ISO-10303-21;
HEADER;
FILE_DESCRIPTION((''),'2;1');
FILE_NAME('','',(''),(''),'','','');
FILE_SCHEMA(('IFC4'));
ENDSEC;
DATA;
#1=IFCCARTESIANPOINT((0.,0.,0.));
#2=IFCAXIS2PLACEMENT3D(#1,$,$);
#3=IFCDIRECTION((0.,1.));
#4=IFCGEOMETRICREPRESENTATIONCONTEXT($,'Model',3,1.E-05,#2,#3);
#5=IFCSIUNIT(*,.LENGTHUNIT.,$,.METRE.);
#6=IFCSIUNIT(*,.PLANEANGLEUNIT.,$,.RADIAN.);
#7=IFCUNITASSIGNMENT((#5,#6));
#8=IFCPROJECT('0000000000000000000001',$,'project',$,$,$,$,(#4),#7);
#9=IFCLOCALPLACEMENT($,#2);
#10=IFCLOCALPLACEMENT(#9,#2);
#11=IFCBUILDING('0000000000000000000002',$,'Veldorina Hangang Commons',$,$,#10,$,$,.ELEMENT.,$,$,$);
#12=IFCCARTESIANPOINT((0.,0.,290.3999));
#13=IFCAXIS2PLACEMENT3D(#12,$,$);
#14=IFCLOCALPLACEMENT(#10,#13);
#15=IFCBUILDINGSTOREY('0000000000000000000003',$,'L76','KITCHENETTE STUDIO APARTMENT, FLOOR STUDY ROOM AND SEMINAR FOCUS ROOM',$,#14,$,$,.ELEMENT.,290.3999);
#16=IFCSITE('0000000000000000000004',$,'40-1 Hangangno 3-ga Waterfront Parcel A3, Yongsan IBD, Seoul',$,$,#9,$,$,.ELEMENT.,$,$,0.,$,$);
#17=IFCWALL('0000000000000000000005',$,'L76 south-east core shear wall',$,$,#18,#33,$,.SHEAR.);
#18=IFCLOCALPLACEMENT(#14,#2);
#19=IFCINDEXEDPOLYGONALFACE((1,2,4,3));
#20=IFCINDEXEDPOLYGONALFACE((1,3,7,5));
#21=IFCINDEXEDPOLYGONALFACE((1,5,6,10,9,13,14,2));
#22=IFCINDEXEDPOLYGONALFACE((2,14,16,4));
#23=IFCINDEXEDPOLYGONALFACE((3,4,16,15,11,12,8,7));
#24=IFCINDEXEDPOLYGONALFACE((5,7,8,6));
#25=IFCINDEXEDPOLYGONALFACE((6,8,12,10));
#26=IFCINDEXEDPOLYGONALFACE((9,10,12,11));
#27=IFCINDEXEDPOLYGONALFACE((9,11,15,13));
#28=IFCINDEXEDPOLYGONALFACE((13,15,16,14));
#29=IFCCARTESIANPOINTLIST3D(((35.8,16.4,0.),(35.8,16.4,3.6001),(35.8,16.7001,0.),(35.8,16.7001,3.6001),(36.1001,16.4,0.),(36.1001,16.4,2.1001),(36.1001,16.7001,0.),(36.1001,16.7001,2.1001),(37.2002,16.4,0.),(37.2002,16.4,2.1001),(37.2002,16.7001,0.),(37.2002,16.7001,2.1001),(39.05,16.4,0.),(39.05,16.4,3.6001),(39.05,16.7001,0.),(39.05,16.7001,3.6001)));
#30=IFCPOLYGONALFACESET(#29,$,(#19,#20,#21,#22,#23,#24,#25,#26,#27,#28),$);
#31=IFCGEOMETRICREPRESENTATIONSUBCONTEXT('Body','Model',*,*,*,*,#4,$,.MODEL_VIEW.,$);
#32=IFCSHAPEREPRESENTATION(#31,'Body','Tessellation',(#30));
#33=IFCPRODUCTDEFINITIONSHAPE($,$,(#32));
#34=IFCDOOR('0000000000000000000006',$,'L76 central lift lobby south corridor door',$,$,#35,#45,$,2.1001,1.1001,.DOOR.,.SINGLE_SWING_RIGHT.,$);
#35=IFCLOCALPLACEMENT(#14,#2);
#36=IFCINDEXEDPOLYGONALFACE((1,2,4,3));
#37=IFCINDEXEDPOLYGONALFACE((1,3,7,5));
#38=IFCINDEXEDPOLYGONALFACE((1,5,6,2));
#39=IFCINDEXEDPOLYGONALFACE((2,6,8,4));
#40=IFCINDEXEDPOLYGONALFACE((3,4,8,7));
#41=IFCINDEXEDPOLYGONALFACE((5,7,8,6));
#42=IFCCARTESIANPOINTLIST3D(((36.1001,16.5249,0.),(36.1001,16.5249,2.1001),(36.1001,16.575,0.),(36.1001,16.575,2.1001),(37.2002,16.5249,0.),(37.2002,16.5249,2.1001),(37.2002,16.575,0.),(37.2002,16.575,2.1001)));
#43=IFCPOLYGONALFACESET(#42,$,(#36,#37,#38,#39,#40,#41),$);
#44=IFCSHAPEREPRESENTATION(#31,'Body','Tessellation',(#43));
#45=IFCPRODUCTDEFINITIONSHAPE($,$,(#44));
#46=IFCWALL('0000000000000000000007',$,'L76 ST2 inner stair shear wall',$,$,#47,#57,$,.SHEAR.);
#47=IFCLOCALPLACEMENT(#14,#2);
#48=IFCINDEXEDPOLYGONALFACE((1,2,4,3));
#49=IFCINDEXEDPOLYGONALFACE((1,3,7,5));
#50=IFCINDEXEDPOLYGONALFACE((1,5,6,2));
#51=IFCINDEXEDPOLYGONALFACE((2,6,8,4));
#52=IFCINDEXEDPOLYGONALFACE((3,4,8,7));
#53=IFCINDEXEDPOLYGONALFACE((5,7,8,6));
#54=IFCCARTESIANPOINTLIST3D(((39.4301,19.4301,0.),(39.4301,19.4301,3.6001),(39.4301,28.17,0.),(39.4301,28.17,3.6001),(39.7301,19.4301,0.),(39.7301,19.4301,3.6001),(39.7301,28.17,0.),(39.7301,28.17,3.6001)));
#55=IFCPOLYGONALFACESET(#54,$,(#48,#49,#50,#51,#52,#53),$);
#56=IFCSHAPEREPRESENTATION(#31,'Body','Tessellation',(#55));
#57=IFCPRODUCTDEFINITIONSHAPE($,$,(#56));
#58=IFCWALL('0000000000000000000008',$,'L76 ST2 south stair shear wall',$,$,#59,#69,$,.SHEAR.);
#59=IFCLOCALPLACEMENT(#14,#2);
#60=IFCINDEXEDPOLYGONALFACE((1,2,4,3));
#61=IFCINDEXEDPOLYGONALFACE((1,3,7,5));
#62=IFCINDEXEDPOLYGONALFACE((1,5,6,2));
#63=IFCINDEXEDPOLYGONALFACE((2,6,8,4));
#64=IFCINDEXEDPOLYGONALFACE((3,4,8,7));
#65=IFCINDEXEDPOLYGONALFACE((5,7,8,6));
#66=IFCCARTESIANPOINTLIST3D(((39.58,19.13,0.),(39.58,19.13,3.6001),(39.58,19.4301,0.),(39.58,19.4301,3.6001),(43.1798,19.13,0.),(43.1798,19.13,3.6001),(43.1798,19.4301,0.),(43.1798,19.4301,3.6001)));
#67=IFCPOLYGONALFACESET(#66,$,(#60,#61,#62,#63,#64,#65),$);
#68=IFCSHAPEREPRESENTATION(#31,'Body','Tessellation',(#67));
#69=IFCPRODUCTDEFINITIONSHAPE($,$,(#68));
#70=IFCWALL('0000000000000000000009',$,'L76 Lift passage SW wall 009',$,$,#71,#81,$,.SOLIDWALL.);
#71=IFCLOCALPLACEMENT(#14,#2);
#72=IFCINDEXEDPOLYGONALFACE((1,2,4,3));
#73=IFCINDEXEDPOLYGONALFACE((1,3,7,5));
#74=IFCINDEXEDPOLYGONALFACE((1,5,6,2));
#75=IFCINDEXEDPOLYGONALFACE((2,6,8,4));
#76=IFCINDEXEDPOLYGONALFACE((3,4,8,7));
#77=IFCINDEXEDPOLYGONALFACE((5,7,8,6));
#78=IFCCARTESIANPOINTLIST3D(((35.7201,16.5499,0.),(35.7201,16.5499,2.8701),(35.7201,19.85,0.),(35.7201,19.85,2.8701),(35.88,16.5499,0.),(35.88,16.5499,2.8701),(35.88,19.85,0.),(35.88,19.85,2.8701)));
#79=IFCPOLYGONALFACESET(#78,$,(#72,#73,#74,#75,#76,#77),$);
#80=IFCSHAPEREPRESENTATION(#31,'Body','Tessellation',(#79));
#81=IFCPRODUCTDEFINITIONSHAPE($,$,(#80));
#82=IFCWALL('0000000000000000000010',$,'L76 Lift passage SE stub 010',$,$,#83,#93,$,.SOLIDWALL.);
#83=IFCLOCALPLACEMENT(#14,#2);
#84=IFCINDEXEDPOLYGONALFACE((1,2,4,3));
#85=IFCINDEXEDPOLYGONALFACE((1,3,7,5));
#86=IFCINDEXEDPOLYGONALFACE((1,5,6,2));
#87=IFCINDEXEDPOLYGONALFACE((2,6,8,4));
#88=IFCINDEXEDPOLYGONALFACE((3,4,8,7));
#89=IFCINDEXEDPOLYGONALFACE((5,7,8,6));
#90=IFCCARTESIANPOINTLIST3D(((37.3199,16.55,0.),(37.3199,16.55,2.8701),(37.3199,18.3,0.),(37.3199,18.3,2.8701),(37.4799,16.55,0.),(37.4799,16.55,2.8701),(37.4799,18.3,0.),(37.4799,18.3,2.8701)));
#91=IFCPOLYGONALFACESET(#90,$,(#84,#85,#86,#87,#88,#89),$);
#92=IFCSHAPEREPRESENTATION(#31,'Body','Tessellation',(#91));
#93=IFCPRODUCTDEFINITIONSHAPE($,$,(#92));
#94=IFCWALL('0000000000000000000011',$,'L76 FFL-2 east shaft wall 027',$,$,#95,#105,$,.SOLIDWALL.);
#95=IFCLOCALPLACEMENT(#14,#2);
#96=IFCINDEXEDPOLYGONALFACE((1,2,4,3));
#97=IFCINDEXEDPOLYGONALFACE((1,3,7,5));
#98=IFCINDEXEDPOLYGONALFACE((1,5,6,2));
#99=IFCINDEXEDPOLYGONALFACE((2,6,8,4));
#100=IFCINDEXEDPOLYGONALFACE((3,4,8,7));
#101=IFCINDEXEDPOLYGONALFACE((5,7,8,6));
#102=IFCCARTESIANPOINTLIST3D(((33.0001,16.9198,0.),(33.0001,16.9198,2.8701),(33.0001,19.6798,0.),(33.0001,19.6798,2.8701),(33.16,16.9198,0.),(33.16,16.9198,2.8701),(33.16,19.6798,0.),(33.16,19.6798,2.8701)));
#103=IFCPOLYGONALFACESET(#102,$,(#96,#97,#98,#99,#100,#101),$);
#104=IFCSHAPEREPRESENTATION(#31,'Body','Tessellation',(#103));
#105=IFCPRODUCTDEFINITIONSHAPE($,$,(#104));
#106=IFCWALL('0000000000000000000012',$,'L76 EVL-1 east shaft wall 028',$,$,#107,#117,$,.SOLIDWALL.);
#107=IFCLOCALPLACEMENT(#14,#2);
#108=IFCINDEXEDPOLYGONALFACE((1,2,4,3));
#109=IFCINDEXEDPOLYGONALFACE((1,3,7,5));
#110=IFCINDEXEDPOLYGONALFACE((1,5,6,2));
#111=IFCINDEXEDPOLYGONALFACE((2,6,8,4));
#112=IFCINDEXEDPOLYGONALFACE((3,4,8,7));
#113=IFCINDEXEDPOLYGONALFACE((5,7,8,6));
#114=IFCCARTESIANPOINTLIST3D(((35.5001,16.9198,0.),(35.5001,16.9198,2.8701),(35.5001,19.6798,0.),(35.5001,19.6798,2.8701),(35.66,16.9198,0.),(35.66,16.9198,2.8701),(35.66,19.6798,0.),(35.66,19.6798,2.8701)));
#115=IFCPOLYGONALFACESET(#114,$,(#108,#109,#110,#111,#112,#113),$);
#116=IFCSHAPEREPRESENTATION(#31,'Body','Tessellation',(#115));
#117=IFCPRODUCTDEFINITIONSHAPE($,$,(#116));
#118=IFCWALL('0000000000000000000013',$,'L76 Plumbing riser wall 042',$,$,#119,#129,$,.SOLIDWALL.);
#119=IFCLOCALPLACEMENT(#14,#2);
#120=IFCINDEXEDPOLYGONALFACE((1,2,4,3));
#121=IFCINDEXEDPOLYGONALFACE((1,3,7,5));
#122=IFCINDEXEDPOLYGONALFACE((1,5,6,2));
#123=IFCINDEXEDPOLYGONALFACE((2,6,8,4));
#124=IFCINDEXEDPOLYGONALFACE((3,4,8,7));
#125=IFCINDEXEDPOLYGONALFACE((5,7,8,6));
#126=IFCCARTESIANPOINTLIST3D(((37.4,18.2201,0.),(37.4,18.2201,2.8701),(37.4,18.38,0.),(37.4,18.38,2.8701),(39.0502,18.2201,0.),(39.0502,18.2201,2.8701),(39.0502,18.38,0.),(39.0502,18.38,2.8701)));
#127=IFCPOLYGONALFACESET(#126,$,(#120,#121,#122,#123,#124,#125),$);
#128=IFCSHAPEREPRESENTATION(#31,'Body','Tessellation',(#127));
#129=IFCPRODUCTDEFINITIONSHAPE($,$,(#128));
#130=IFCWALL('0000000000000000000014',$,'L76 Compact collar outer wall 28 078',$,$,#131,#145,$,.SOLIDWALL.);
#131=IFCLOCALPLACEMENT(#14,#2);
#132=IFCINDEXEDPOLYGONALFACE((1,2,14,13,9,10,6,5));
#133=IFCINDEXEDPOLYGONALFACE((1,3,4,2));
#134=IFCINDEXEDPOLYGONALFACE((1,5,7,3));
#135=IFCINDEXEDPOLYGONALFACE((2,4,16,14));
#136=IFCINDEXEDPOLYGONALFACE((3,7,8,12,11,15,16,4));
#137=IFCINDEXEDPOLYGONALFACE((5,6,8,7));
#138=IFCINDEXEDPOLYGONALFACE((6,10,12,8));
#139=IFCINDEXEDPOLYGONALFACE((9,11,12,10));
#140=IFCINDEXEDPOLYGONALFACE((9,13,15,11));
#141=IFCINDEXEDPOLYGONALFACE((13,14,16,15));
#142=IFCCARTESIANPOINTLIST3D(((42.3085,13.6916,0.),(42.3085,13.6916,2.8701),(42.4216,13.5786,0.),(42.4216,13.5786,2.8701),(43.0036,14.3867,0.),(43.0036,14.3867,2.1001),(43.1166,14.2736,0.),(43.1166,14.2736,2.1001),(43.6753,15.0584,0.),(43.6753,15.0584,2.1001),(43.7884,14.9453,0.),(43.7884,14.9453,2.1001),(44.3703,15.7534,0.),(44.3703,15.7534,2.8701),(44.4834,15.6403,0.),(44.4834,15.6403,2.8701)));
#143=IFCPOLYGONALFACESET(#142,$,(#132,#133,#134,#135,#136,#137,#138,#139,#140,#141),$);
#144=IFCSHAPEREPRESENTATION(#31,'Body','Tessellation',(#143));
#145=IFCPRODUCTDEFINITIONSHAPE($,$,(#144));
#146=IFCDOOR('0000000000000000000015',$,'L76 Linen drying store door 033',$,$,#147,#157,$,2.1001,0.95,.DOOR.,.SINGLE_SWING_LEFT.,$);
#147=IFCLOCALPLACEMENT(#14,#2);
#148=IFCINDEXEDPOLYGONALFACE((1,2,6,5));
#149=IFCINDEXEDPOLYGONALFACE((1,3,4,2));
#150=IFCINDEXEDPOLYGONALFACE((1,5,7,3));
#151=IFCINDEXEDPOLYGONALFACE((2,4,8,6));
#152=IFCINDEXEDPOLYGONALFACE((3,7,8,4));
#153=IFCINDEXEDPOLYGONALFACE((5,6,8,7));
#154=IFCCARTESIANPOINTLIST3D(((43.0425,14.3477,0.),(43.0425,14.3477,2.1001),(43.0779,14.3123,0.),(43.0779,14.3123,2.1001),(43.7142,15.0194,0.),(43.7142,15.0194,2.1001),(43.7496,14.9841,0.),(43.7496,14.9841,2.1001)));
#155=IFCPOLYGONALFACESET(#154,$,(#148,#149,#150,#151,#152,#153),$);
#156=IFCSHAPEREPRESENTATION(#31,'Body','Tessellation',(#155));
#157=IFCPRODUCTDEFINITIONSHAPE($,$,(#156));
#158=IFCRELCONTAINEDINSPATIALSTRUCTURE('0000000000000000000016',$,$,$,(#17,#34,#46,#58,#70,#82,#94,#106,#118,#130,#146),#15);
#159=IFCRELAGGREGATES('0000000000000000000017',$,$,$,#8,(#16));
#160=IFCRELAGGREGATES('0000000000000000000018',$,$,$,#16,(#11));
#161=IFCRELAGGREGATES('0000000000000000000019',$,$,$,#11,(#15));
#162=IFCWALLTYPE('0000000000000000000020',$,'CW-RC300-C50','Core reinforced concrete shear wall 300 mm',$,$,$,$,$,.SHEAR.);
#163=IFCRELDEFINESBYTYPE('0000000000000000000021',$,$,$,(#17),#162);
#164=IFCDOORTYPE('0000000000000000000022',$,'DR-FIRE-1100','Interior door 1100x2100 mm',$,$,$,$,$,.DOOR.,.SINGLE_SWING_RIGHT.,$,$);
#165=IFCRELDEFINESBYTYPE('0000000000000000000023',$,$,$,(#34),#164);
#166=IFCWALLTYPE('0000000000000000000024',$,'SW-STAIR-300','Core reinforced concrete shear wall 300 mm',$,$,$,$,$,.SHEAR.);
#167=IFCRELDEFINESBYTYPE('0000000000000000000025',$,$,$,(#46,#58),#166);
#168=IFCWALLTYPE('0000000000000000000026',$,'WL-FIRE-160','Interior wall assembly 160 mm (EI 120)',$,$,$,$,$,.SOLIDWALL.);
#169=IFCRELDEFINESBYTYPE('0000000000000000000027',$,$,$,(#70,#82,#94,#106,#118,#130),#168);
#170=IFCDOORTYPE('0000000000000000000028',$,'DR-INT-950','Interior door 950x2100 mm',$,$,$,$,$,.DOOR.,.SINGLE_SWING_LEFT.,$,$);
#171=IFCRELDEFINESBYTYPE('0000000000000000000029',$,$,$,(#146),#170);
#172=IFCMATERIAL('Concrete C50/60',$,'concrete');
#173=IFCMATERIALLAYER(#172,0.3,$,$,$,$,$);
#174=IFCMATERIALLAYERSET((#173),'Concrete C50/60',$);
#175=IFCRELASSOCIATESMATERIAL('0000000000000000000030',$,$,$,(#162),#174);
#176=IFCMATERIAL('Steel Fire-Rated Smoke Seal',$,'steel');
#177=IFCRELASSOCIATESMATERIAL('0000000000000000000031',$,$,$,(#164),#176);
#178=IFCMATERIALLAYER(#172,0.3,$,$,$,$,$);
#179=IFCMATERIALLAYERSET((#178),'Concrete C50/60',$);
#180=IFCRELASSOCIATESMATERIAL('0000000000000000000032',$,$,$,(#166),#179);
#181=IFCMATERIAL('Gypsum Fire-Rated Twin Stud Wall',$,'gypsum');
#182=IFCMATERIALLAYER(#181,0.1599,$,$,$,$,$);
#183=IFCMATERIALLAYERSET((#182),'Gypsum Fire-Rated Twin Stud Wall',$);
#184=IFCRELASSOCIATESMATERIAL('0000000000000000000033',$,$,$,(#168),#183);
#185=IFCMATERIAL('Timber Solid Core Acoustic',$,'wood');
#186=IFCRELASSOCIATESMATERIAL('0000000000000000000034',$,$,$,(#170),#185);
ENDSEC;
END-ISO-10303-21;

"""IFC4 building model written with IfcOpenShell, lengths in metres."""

from ifc_helpers import new_model, si_unit, direction, frame, frame_2d, origin, place, context, subcontext, project, spatial, rectangle, extrude, material, layer, layer_set, type_object, element, fill, save


model = new_model("IFC4")

# Units and contexts
model_context = context("Model", 3, precision=1e-05, world=origin(), true_north=direction((0.0, 1.0)))
body_context = subcontext(model_context, "Body", "Model", "MODEL_VIEW")
ifc_project = project(units=[si_unit("LENGTHUNIT", "METRE"), si_unit("PLANEANGLEUNIT", "RADIAN")], contexts=[model_context])

# Site, building, storey
site_placement = place(None, origin())
site = spatial("IfcSite", under=ifc_project, at=site_placement, Name="40-1 Hangangno 3-ga Waterfront Parcel A3, Yongsan IBD, Seoul", CompositionType="ELEMENT", RefElevation=0.0)
building_placement = place(site_placement, origin())
building = spatial("IfcBuilding", under=site, at=building_placement, Name="Veldorina Hangang Commons", CompositionType="ELEMENT")
storey_placement = place(building_placement, frame((0.0, 0.0, 290.3999)))
storey = spatial("IfcBuildingStorey", under=building, at=storey_placement, Name="L76", Description="KITCHENETTE STUDIO APARTMENT, FLOOR STUDY ROOM AND SEMINAR FOCUS ROOM", CompositionType="ELEMENT", Elevation=290.3999)

# Shared definitions
ifc_material_1 = material(Name="Concrete C50/60", Category="concrete")

# Shared definitions
ifc_layer_1 = layer(ifc_material_1, 0.3)
ifc_layer_set_1 = layer_set([ifc_layer_1], Name="Concrete C50/60")
wall_type_1 = type_object("IfcWallType", Name="CW-RC300-C50", Description="Core reinforced concrete shear wall 300 mm", PredefinedType="SHEAR", material=ifc_layer_set_1)

# Wall, opening, door
wall_1_placement = place(storey_placement, frame((35.8, 16.55, 0.0), z_axis=(0.0, 0.0, 1.0), x_axis=(1.0, 0.0, 0.0)))
wall_1 = element("IfcWall", 1, at=wall_1_placement, inside=storey, type_object=wall_type_1, Name="L76 south-east core shear wall", PredefinedType="SHEAR", context=body_context, shape_type="SweptSolid", body=[
    extrude(rectangle(XDim=3.25, YDim=0.3, at=frame_2d((1.625, 0.0))), origin(), (0.0, 0.0, 1.0), 3.6001),
])
opening_1_placement = place(wall_1_placement, frame((0.3, 0.0, 0.0)))
opening_1 = element("IfcOpeningElement", 2, at=opening_1_placement, cuts=wall_1, PredefinedType="OPENING", context=body_context, shape_type="SweptSolid", body=[
    extrude(rectangle(XDim=1.1001, YDim=2.1001, at=frame_2d((0.55, 1.05))), frame((0.0, 0.1602, 0.0), z_axis=(0.0, -1.0, 0.0), x_axis=(1.0, 0.0, 0.0)), (0.0, 0.0, 1.0), 0.3201),
])
ifc_material_2 = material(Name="Steel Fire-Rated Smoke Seal", Category="steel")
door_type_1 = type_object("IfcDoorType", Name="DR-FIRE-1100", Description="Interior door 1100x2100 mm", OperationType="SINGLE_SWING_RIGHT", PredefinedType="DOOR", material=ifc_material_2)
door_1_placement = place(opening_1_placement, origin())
door_1 = element("IfcDoor", 3, at=door_1_placement, inside=storey, type_object=door_type_1, Name="L76 central lift lobby south corridor door", OperationType="SINGLE_SWING_RIGHT", OverallHeight=2.1001, OverallWidth=1.1001, PredefinedType="DOOR", context=body_context, shape_type="SweptSolid", body=[
    extrude(rectangle(XDim=1.1001, YDim=2.1001, at=frame_2d((0.55, 1.05))), frame((0.0, 0.0249, 0.0), z_axis=(0.0, -1.0, 0.0), x_axis=(1.0, 0.0, 0.0)), (0.0, 0.0, 1.0), 0.05),
])
fill(opening_1, door_1)

# Walls
ifc_layer_2 = layer(ifc_material_1, 0.3)
ifc_layer_set_2 = layer_set([ifc_layer_2], Name="Concrete C50/60")
wall_type_2 = type_object("IfcWallType", Name="SW-STAIR-300", Description="Core reinforced concrete shear wall 300 mm", PredefinedType="SHEAR", material=ifc_layer_set_2)
wall_2_placement = place(storey_placement, frame((39.5801, 19.4299, 0.0), z_axis=(0.0, 0.0, 1.0), x_axis=(0.0, 1.0, 0.0)))
element("IfcWall", 4, at=wall_2_placement, inside=storey, type_object=wall_type_2, Name="L76 ST2 inner stair shear wall", PredefinedType="SHEAR", context=body_context, shape_type="SweptSolid", body=[
    extrude(rectangle(XDim=8.74, YDim=0.3, at=frame_2d((4.3701, 0.0))), origin(), (0.0, 0.0, 1.0), 3.6001),
])
wall_3_placement = place(storey_placement, frame((39.5801, 19.28, 0.0), z_axis=(0.0, 0.0, 1.0), x_axis=(1.0, 0.0, 0.0)))
element("IfcWall", 5, at=wall_3_placement, inside=storey, type_object=wall_type_2, Name="L76 ST2 south stair shear wall", PredefinedType="SHEAR", context=body_context, shape_type="SweptSolid", body=[
    extrude(rectangle(XDim=3.5999, YDim=0.3, at=frame_2d((1.7998, 0.0))), origin(), (0.0, 0.0, 1.0), 3.6001),
])
ifc_material_3 = material(Name="Gypsum Fire-Rated Twin Stud Wall", Category="gypsum")
ifc_layer_3 = layer(ifc_material_3, 0.1599)
ifc_layer_set_3 = layer_set([ifc_layer_3], Name="Gypsum Fire-Rated Twin Stud Wall")
wall_type_3 = type_object("IfcWallType", Name="WL-FIRE-160", Description="Interior wall assembly 160 mm (EI 120)", PredefinedType="SOLIDWALL", material=ifc_layer_set_3)
wall_4_placement = place(storey_placement, frame((35.8, 16.55, 0.0), z_axis=(0.0, 0.0, 1.0), x_axis=(0.0, 1.0, 0.0)))
element("IfcWall", 6, at=wall_4_placement, inside=storey, type_object=wall_type_3, Name="L76 Lift passage SW wall 009", PredefinedType="SOLIDWALL", context=body_context, shape_type="SweptSolid", body=[
    extrude(rectangle(XDim=3.3, YDim=0.1599, at=frame_2d((1.6499, 0.0))), origin(), (0.0, 0.0, 1.0), 2.8701),
])
wall_5_placement = place(storey_placement, frame((37.3999, 16.55, 0.0), z_axis=(0.0, 0.0, 1.0), x_axis=(0.0, 1.0, 0.0)))
element("IfcWall", 7, at=wall_5_placement, inside=storey, type_object=wall_type_3, Name="L76 Lift passage SE stub 010", PredefinedType="SOLIDWALL", context=body_context, shape_type="SweptSolid", body=[
    extrude(rectangle(XDim=1.75, YDim=0.1599, at=frame_2d((0.875, 0.0))), origin(), (0.0, 0.0, 1.0), 2.8701),
])
for number, where, z_axis, x_axis, name in (
    (8, (33.0801, 16.9199, 0.0), (0.0, 0.0, 1.0), (0.0, 1.0, 0.0), "L76 FFL-2 east shaft wall 027"),
    (9, (35.5801, 16.9199, 0.0), (0.0, 0.0, 1.0), (0.0, 1.0, 0.0), "L76 EVL-1 east shaft wall 028"),
):
    element("IfcWall", number, at=place(storey_placement, frame(where, z_axis=z_axis, x_axis=x_axis)), inside=storey, type_object=wall_type_3, Name=name, PredefinedType="SOLIDWALL", context=body_context, shape_type="SweptSolid", body=[
        extrude(rectangle(XDim=2.76, YDim=0.1599, at=frame_2d((1.3799, 0.0))), origin(), (0.0, 0.0, 1.0), 2.8701),
    ])
wall_6_placement = place(storey_placement, frame((37.3999, 18.3, 0.0), z_axis=(0.0, 0.0, 1.0), x_axis=(1.0, 0.0, 0.0)))
element("IfcWall", 10, at=wall_6_placement, inside=storey, type_object=wall_type_3, Name="L76 Plumbing riser wall 042", PredefinedType="SOLIDWALL", context=body_context, shape_type="SweptSolid", body=[
    extrude(rectangle(XDim=1.6501, YDim=0.1599, at=frame_2d((0.8252, 0.0))), origin(), (0.0, 0.0, 1.0), 2.8701),
])

# Wall, opening, door
wall_7_placement = place(storey_placement, frame((42.365, 13.635, 0.0), z_axis=(0.0, 0.0, 1.0), x_axis=(0.707107, 0.707107, 0.0)))
wall_7 = element("IfcWall", 11, at=wall_7_placement, inside=storey, type_object=wall_type_3, Name="L76 Compact collar outer wall 28 078", PredefinedType="SOLIDWALL", context=body_context, shape_type="SweptSolid", body=[
    extrude(rectangle(XDim=2.9158, YDim=0.1599, at=frame_2d((1.458, 0.0))), origin(), (0.0, 0.0, 1.0), 2.8701),
])
opening_2_placement = place(wall_7_placement, frame((0.9829, 0.0, 0.0)))
opening_2 = element("IfcOpeningElement", 12, at=opening_2_placement, cuts=wall_7, PredefinedType="OPENING", context=body_context, shape_type="SweptSolid", body=[
    extrude(rectangle(XDim=0.95, YDim=2.1001, at=frame_2d((0.4751, 1.05))), frame((0.0, 0.0898, 0.0), z_axis=(0.0, -1.0, 0.0), x_axis=(1.0, 0.0, 0.0)), (0.0, 0.0, 1.0), 0.1799),
])
ifc_material_4 = material(Name="Timber Solid Core Acoustic", Category="wood")
door_type_2 = type_object("IfcDoorType", Name="DR-INT-950", Description="Interior door 950x2100 mm", OperationType="SINGLE_SWING_LEFT", PredefinedType="DOOR", material=ifc_material_4)
door_2_placement = place(opening_2_placement, origin())
door_2 = element("IfcDoor", 13, at=door_2_placement, inside=storey, type_object=door_type_2, Name="L76 Linen drying store door 033", OperationType="SINGLE_SWING_LEFT", OverallHeight=2.1001, OverallWidth=0.95, PredefinedType="DOOR", context=body_context, shape_type="SweptSolid", body=[
    extrude(rectangle(XDim=0.95, YDim=2.1001, at=frame_2d((0.4751, 1.05))), frame((0.0, 0.0249, 0.0), z_axis=(0.0, -1.0, 0.0), x_axis=(1.0, 0.0, 0.0)), (0.0, 0.0, 1.0), 0.05),
])
fill(opening_2, door_2)

save(model, "model.ifc")
